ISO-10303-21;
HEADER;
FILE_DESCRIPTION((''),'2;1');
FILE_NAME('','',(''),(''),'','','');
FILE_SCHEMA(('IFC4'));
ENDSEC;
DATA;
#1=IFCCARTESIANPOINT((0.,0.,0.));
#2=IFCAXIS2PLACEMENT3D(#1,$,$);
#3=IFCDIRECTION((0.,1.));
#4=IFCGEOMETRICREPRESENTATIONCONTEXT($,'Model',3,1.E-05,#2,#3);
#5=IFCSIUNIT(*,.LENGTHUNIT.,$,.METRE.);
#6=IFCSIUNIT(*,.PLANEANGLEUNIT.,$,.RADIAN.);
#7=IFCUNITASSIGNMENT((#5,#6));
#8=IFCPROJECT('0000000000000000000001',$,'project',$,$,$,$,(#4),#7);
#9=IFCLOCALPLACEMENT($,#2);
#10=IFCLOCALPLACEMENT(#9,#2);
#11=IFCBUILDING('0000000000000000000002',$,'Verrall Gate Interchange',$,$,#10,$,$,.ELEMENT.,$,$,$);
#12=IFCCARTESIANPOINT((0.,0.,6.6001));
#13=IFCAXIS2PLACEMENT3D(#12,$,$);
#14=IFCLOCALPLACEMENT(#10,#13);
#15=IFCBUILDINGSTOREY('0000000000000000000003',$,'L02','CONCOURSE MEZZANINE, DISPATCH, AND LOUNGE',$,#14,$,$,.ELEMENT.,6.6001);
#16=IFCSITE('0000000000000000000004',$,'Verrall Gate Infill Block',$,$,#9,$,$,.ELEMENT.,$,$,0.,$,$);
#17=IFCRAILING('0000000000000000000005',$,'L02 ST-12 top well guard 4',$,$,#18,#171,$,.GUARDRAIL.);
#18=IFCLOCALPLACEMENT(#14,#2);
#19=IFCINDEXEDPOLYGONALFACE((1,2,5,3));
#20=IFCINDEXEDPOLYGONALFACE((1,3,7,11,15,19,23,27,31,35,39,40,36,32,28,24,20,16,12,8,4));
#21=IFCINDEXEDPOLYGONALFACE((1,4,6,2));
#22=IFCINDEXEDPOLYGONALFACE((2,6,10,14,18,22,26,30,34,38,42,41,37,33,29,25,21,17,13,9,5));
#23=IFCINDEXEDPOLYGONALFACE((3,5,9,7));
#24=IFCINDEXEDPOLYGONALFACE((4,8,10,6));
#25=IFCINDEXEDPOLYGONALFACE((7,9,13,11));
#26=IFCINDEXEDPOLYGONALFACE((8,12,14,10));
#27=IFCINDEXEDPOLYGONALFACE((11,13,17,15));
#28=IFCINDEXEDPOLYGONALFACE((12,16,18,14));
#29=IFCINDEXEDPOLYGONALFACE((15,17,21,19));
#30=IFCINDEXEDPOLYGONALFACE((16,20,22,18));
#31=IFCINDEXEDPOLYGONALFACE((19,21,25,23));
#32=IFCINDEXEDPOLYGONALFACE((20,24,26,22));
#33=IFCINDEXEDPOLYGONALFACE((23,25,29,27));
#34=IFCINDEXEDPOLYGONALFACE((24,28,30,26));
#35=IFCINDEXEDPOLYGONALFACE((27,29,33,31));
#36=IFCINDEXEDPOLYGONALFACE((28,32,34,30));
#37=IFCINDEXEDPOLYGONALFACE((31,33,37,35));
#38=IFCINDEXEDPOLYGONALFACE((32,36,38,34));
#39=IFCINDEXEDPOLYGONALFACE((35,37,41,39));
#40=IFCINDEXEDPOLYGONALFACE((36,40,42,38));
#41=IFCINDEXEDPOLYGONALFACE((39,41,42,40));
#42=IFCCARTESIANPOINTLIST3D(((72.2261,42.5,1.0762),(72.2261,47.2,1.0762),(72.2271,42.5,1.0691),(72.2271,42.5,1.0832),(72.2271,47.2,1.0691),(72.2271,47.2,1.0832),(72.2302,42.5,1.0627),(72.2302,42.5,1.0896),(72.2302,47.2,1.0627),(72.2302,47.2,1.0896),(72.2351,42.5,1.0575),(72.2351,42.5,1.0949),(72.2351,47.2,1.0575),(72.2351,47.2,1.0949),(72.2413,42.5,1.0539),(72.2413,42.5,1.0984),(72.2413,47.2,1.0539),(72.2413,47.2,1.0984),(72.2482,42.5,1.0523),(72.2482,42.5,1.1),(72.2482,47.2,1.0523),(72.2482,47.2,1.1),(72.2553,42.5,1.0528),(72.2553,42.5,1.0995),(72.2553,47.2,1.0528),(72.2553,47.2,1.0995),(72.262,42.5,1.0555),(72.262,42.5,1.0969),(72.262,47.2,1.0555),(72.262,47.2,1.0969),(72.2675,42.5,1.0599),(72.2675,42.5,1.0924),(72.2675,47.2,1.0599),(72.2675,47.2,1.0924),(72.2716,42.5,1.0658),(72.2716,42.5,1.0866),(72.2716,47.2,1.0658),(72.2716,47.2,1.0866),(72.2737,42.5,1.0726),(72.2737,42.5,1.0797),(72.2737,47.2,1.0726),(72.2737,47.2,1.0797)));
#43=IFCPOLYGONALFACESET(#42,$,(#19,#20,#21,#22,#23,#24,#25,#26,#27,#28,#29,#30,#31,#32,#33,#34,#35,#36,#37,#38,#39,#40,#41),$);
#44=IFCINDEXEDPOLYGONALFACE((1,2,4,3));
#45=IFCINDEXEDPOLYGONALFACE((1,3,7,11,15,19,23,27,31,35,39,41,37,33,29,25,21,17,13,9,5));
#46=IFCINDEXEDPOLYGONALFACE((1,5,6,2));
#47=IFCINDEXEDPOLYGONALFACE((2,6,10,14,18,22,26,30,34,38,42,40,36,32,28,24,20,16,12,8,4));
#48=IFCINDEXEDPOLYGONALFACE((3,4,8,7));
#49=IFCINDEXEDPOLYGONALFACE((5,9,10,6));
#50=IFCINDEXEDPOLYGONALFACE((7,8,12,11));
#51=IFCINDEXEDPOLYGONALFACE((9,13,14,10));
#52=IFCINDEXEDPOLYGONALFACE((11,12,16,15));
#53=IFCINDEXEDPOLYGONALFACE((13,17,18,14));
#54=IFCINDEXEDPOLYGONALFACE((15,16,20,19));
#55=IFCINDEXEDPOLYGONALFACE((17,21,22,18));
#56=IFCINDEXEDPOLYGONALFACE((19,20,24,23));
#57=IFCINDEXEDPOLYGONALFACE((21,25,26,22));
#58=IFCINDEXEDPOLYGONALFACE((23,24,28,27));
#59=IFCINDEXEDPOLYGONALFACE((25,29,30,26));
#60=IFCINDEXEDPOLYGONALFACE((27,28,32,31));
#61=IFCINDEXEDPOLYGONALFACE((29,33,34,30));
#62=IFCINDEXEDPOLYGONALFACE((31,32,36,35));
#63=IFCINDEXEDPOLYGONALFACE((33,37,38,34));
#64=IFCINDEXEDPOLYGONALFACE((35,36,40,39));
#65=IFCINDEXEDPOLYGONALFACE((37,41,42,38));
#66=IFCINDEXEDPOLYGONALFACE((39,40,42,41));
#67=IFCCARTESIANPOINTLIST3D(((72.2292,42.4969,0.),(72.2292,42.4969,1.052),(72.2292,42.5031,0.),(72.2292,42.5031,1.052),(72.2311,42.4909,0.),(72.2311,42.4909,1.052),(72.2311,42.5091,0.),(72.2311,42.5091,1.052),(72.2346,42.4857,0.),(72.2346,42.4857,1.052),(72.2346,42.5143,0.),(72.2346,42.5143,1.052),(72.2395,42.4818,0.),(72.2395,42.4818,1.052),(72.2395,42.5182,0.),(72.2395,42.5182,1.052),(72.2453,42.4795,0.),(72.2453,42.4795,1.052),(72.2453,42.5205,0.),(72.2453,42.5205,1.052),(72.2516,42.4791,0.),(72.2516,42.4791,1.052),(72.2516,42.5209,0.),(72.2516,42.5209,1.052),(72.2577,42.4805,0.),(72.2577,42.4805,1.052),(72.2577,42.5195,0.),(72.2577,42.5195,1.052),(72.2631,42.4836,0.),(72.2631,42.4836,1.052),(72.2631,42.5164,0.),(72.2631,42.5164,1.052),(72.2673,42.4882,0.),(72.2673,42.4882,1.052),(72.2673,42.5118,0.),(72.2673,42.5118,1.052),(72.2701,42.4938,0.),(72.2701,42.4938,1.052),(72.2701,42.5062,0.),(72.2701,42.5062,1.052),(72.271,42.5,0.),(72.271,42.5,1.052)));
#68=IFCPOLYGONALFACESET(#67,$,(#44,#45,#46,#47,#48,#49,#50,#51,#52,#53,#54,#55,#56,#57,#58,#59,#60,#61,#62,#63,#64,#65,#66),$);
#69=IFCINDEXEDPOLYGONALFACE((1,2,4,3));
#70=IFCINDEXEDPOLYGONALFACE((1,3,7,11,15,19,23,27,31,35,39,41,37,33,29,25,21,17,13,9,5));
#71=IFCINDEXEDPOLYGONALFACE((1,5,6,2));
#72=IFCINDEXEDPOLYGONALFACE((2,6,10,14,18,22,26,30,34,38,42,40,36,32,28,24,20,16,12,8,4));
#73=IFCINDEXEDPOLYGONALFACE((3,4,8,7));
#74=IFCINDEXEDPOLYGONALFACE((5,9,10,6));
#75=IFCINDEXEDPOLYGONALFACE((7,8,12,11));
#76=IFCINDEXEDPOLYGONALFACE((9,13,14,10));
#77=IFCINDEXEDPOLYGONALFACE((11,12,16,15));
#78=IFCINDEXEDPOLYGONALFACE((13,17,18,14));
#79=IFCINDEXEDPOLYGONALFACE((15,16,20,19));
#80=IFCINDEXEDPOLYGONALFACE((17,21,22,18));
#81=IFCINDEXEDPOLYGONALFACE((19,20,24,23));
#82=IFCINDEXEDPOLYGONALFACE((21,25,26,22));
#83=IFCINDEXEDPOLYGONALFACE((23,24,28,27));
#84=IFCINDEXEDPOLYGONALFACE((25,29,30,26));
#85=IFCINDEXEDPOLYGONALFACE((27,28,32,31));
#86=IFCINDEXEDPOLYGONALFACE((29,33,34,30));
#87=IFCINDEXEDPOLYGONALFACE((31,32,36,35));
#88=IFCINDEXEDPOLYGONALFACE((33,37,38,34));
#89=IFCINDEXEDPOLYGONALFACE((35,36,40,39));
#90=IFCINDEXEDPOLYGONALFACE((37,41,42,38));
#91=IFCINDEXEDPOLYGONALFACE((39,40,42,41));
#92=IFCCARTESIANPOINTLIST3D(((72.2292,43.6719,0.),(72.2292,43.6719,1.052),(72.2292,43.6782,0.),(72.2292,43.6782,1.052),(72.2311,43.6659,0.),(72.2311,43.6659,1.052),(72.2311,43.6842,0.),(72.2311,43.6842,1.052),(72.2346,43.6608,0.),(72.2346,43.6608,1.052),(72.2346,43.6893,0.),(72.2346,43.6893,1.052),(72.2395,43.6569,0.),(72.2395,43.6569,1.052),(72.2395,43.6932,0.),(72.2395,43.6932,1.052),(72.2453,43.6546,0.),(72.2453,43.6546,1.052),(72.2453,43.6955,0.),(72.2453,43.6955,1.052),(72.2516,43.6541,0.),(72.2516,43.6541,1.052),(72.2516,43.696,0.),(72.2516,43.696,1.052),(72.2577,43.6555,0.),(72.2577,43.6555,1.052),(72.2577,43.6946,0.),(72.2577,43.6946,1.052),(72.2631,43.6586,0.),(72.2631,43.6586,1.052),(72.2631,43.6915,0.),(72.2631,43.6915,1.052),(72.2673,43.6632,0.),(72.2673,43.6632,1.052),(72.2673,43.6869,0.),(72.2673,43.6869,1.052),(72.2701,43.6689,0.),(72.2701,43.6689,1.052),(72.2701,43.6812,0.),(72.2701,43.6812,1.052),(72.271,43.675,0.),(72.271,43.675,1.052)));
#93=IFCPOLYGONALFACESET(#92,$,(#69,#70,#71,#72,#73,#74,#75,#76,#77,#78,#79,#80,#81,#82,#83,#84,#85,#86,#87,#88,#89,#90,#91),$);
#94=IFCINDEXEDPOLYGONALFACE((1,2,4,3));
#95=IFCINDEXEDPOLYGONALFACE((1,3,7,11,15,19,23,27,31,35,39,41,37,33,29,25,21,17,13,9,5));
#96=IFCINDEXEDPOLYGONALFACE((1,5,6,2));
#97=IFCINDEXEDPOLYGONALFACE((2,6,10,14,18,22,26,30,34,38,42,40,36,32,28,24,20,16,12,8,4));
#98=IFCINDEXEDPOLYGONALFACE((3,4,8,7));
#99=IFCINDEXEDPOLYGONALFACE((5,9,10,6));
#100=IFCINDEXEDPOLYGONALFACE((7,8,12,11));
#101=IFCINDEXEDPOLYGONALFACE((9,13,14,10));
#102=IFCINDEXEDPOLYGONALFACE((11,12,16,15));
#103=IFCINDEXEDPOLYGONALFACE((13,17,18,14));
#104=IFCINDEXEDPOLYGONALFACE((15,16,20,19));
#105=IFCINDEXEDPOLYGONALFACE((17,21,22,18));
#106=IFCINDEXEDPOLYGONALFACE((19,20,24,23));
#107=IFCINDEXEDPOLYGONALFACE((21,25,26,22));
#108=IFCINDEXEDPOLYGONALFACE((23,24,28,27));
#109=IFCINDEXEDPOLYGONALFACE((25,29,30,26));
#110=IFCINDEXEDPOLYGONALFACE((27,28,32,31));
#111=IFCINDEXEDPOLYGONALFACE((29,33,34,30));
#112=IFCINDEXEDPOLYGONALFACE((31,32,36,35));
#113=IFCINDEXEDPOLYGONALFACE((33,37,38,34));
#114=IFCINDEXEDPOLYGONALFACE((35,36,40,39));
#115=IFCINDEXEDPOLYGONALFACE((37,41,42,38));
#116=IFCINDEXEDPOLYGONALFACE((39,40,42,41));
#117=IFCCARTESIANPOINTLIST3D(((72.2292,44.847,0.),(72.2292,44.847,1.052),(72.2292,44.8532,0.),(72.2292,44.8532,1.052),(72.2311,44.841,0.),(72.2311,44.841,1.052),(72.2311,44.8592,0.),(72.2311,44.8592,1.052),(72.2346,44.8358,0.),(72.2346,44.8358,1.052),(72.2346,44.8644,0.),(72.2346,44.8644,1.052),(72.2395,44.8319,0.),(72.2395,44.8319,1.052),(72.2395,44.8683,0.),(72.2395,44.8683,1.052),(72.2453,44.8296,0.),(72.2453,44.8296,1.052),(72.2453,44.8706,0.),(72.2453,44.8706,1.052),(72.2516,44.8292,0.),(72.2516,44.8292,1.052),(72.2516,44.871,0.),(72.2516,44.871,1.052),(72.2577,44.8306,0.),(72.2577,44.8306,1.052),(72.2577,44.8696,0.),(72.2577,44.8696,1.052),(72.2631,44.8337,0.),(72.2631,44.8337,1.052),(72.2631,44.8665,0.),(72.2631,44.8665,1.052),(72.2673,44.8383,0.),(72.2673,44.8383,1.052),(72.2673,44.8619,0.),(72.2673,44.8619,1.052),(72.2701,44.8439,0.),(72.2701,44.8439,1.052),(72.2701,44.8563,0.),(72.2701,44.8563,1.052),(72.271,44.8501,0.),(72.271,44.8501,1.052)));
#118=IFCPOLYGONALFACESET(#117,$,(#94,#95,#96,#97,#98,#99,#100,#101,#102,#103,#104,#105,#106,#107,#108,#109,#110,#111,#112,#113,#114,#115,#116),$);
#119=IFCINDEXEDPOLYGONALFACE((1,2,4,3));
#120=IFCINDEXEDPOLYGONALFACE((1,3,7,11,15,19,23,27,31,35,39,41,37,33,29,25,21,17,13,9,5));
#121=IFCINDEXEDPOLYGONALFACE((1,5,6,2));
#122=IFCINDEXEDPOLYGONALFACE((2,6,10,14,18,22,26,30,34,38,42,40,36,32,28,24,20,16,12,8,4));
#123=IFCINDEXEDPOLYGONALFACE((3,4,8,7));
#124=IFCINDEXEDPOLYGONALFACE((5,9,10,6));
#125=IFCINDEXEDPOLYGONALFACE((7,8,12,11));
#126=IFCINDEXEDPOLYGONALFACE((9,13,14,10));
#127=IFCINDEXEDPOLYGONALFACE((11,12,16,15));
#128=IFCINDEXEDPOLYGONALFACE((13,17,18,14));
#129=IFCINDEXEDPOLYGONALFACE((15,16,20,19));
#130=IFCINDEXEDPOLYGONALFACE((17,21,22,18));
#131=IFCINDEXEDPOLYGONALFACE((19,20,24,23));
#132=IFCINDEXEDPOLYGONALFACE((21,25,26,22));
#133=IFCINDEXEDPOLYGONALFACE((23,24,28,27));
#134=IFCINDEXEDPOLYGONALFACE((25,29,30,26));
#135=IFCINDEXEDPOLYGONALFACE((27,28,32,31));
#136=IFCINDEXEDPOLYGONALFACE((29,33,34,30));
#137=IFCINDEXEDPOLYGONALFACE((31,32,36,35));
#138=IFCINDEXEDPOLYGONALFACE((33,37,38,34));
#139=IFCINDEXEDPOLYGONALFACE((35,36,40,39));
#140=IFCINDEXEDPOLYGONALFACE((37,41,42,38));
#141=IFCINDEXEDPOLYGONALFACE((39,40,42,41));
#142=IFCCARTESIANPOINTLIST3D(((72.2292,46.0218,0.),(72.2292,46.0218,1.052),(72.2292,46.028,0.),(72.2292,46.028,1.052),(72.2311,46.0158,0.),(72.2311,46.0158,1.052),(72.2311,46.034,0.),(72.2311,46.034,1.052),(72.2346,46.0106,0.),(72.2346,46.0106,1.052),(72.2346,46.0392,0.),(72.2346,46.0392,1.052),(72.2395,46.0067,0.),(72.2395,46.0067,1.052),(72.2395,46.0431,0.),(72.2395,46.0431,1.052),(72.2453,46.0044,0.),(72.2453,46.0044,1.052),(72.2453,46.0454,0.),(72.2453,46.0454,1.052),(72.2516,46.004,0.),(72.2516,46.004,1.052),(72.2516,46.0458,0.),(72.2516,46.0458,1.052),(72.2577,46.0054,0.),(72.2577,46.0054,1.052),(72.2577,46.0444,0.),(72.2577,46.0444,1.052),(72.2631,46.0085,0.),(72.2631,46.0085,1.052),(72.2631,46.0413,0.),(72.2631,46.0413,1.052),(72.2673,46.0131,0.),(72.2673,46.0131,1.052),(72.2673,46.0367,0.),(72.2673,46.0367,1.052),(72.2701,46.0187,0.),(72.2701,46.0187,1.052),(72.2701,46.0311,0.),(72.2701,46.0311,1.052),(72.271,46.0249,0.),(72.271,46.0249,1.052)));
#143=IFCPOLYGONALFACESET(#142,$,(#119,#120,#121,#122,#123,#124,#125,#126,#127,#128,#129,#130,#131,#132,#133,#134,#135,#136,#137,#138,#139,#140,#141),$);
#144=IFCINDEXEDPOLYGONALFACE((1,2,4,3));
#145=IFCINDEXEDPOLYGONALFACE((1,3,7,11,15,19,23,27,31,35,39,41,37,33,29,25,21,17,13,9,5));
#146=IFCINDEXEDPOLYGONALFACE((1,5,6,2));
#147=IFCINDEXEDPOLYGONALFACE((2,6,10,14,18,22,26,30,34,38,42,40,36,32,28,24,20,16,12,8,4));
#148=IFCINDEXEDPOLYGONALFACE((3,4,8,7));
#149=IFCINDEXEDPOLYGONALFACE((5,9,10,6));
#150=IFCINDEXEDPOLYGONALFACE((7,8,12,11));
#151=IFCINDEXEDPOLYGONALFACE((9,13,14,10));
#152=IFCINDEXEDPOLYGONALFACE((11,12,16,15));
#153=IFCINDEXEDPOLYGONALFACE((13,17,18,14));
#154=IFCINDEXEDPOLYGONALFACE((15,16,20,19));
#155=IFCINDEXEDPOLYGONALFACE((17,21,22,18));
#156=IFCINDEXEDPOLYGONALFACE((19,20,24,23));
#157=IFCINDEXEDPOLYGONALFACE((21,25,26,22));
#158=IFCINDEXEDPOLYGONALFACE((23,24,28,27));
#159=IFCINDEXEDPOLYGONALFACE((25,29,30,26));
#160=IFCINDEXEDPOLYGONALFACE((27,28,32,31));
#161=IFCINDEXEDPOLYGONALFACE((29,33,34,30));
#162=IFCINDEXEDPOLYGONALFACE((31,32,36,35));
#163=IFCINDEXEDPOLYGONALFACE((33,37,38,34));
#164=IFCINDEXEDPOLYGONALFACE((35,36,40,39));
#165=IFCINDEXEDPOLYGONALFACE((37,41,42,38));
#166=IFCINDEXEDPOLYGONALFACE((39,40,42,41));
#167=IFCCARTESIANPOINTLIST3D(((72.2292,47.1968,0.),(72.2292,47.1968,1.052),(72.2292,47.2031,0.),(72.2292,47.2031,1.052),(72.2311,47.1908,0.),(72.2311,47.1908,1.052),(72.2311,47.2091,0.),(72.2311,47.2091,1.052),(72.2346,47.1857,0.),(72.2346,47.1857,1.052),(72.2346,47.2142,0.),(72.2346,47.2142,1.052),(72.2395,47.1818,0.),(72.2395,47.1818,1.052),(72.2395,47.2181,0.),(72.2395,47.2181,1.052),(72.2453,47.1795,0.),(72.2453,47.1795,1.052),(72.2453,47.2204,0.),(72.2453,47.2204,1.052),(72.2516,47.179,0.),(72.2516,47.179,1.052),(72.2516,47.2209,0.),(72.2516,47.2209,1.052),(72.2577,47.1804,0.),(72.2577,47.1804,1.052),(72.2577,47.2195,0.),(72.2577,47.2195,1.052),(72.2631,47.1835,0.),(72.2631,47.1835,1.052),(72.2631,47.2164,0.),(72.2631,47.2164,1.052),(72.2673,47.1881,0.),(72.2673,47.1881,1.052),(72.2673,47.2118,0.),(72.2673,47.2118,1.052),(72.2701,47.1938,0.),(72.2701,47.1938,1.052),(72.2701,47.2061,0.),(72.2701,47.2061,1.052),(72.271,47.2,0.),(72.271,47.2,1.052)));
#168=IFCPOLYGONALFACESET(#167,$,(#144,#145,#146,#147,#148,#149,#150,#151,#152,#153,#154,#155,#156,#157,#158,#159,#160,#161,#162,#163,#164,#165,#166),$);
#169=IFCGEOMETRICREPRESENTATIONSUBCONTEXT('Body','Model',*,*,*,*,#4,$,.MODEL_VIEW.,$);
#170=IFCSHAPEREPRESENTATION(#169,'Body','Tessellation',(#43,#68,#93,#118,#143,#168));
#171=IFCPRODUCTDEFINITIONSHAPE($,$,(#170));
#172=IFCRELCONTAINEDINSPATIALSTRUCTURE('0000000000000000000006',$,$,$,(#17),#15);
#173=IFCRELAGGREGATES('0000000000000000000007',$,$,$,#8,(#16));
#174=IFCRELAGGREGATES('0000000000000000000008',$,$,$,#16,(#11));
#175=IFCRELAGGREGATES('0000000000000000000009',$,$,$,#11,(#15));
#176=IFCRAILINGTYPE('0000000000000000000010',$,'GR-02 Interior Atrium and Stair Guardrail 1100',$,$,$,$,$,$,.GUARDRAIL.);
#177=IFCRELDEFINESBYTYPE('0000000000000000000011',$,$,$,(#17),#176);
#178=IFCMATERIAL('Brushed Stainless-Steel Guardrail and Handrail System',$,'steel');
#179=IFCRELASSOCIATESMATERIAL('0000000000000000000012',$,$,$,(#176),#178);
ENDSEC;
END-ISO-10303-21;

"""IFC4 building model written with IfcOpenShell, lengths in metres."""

from ifc_helpers import new_model, si_unit, direction, frame, origin, origin_2d, place, context, subcontext, project, spatial, circle, extrude, material, type_object, element, save


model = new_model("IFC4")

# Units and contexts
model_context = context("Model", 3, precision=1e-05, world=origin(), true_north=direction((0.0, 1.0)))
body_context = subcontext(model_context, "Body", "Model", "MODEL_VIEW")
ifc_project = project(units=[si_unit("LENGTHUNIT", "METRE"), si_unit("PLANEANGLEUNIT", "RADIAN")], contexts=[model_context])

# Site, building, storey
site_placement = place(None, origin())
site = spatial("IfcSite", under=ifc_project, at=site_placement, Name="Verrall Gate Infill Block", CompositionType="ELEMENT", RefElevation=0.0)
building_placement = place(site_placement, origin())
building = spatial("IfcBuilding", under=site, at=building_placement, Name="Verrall Gate Interchange", CompositionType="ELEMENT")
storey_placement = place(building_placement, frame((0.0, 0.0, 6.6001)))
storey = spatial("IfcBuildingStorey", under=building, at=storey_placement, Name="L02", Description="CONCOURSE MEZZANINE, DISPATCH, AND LOUNGE", CompositionType="ELEMENT", Elevation=6.6001)

# Railing
ifc_material_1 = material(Name="Brushed Stainless-Steel Guardrail and Handrail System", Category="steel")
railing_type = type_object("IfcRailingType", Name="GR-02 Interior Atrium and Stair Guardrail 1100", PredefinedType="GUARDRAIL", material=ifc_material_1)
railing_1_placement = place(storey_placement, frame((72.25, 42.5, 0.0)))
element("IfcRailing", 1, at=railing_1_placement, inside=storey, type_object=railing_type, Name="L02 ST-12 top well guard 4", PredefinedType="GUARDRAIL", context=body_context, shape_type="SweptSolid", body=[
    extrude(circle(Radius=0.0239, at=origin_2d()), frame((0.0, 0.0, 1.0762), z_axis=(0.0, 1.0, 0.0), x_axis=(-1.0, 0.0, 0.0)), (0.0, 0.0, 1.0), 4.7),
    extrude(circle(Radius=0.021, at=origin_2d()), origin(), (0.0, 0.0, 1.0), 1.052),
    extrude(circle(Radius=0.021, at=origin_2d()), frame((0.0, 1.175, 0.0)), (0.0, 0.0, 1.0), 1.052),
    extrude(circle(Radius=0.021, at=origin_2d()), frame((0.0, 2.3501, 0.0)), (0.0, 0.0, 1.0), 1.052),
    extrude(circle(Radius=0.021, at=origin_2d()), frame((0.0, 3.5249, 0.0)), (0.0, 0.0, 1.0), 1.052),
    extrude(circle(Radius=0.021, at=origin_2d()), frame((0.0, 4.7, 0.0)), (0.0, 0.0, 1.0), 1.052),
])

save(model, "model.ifc")
